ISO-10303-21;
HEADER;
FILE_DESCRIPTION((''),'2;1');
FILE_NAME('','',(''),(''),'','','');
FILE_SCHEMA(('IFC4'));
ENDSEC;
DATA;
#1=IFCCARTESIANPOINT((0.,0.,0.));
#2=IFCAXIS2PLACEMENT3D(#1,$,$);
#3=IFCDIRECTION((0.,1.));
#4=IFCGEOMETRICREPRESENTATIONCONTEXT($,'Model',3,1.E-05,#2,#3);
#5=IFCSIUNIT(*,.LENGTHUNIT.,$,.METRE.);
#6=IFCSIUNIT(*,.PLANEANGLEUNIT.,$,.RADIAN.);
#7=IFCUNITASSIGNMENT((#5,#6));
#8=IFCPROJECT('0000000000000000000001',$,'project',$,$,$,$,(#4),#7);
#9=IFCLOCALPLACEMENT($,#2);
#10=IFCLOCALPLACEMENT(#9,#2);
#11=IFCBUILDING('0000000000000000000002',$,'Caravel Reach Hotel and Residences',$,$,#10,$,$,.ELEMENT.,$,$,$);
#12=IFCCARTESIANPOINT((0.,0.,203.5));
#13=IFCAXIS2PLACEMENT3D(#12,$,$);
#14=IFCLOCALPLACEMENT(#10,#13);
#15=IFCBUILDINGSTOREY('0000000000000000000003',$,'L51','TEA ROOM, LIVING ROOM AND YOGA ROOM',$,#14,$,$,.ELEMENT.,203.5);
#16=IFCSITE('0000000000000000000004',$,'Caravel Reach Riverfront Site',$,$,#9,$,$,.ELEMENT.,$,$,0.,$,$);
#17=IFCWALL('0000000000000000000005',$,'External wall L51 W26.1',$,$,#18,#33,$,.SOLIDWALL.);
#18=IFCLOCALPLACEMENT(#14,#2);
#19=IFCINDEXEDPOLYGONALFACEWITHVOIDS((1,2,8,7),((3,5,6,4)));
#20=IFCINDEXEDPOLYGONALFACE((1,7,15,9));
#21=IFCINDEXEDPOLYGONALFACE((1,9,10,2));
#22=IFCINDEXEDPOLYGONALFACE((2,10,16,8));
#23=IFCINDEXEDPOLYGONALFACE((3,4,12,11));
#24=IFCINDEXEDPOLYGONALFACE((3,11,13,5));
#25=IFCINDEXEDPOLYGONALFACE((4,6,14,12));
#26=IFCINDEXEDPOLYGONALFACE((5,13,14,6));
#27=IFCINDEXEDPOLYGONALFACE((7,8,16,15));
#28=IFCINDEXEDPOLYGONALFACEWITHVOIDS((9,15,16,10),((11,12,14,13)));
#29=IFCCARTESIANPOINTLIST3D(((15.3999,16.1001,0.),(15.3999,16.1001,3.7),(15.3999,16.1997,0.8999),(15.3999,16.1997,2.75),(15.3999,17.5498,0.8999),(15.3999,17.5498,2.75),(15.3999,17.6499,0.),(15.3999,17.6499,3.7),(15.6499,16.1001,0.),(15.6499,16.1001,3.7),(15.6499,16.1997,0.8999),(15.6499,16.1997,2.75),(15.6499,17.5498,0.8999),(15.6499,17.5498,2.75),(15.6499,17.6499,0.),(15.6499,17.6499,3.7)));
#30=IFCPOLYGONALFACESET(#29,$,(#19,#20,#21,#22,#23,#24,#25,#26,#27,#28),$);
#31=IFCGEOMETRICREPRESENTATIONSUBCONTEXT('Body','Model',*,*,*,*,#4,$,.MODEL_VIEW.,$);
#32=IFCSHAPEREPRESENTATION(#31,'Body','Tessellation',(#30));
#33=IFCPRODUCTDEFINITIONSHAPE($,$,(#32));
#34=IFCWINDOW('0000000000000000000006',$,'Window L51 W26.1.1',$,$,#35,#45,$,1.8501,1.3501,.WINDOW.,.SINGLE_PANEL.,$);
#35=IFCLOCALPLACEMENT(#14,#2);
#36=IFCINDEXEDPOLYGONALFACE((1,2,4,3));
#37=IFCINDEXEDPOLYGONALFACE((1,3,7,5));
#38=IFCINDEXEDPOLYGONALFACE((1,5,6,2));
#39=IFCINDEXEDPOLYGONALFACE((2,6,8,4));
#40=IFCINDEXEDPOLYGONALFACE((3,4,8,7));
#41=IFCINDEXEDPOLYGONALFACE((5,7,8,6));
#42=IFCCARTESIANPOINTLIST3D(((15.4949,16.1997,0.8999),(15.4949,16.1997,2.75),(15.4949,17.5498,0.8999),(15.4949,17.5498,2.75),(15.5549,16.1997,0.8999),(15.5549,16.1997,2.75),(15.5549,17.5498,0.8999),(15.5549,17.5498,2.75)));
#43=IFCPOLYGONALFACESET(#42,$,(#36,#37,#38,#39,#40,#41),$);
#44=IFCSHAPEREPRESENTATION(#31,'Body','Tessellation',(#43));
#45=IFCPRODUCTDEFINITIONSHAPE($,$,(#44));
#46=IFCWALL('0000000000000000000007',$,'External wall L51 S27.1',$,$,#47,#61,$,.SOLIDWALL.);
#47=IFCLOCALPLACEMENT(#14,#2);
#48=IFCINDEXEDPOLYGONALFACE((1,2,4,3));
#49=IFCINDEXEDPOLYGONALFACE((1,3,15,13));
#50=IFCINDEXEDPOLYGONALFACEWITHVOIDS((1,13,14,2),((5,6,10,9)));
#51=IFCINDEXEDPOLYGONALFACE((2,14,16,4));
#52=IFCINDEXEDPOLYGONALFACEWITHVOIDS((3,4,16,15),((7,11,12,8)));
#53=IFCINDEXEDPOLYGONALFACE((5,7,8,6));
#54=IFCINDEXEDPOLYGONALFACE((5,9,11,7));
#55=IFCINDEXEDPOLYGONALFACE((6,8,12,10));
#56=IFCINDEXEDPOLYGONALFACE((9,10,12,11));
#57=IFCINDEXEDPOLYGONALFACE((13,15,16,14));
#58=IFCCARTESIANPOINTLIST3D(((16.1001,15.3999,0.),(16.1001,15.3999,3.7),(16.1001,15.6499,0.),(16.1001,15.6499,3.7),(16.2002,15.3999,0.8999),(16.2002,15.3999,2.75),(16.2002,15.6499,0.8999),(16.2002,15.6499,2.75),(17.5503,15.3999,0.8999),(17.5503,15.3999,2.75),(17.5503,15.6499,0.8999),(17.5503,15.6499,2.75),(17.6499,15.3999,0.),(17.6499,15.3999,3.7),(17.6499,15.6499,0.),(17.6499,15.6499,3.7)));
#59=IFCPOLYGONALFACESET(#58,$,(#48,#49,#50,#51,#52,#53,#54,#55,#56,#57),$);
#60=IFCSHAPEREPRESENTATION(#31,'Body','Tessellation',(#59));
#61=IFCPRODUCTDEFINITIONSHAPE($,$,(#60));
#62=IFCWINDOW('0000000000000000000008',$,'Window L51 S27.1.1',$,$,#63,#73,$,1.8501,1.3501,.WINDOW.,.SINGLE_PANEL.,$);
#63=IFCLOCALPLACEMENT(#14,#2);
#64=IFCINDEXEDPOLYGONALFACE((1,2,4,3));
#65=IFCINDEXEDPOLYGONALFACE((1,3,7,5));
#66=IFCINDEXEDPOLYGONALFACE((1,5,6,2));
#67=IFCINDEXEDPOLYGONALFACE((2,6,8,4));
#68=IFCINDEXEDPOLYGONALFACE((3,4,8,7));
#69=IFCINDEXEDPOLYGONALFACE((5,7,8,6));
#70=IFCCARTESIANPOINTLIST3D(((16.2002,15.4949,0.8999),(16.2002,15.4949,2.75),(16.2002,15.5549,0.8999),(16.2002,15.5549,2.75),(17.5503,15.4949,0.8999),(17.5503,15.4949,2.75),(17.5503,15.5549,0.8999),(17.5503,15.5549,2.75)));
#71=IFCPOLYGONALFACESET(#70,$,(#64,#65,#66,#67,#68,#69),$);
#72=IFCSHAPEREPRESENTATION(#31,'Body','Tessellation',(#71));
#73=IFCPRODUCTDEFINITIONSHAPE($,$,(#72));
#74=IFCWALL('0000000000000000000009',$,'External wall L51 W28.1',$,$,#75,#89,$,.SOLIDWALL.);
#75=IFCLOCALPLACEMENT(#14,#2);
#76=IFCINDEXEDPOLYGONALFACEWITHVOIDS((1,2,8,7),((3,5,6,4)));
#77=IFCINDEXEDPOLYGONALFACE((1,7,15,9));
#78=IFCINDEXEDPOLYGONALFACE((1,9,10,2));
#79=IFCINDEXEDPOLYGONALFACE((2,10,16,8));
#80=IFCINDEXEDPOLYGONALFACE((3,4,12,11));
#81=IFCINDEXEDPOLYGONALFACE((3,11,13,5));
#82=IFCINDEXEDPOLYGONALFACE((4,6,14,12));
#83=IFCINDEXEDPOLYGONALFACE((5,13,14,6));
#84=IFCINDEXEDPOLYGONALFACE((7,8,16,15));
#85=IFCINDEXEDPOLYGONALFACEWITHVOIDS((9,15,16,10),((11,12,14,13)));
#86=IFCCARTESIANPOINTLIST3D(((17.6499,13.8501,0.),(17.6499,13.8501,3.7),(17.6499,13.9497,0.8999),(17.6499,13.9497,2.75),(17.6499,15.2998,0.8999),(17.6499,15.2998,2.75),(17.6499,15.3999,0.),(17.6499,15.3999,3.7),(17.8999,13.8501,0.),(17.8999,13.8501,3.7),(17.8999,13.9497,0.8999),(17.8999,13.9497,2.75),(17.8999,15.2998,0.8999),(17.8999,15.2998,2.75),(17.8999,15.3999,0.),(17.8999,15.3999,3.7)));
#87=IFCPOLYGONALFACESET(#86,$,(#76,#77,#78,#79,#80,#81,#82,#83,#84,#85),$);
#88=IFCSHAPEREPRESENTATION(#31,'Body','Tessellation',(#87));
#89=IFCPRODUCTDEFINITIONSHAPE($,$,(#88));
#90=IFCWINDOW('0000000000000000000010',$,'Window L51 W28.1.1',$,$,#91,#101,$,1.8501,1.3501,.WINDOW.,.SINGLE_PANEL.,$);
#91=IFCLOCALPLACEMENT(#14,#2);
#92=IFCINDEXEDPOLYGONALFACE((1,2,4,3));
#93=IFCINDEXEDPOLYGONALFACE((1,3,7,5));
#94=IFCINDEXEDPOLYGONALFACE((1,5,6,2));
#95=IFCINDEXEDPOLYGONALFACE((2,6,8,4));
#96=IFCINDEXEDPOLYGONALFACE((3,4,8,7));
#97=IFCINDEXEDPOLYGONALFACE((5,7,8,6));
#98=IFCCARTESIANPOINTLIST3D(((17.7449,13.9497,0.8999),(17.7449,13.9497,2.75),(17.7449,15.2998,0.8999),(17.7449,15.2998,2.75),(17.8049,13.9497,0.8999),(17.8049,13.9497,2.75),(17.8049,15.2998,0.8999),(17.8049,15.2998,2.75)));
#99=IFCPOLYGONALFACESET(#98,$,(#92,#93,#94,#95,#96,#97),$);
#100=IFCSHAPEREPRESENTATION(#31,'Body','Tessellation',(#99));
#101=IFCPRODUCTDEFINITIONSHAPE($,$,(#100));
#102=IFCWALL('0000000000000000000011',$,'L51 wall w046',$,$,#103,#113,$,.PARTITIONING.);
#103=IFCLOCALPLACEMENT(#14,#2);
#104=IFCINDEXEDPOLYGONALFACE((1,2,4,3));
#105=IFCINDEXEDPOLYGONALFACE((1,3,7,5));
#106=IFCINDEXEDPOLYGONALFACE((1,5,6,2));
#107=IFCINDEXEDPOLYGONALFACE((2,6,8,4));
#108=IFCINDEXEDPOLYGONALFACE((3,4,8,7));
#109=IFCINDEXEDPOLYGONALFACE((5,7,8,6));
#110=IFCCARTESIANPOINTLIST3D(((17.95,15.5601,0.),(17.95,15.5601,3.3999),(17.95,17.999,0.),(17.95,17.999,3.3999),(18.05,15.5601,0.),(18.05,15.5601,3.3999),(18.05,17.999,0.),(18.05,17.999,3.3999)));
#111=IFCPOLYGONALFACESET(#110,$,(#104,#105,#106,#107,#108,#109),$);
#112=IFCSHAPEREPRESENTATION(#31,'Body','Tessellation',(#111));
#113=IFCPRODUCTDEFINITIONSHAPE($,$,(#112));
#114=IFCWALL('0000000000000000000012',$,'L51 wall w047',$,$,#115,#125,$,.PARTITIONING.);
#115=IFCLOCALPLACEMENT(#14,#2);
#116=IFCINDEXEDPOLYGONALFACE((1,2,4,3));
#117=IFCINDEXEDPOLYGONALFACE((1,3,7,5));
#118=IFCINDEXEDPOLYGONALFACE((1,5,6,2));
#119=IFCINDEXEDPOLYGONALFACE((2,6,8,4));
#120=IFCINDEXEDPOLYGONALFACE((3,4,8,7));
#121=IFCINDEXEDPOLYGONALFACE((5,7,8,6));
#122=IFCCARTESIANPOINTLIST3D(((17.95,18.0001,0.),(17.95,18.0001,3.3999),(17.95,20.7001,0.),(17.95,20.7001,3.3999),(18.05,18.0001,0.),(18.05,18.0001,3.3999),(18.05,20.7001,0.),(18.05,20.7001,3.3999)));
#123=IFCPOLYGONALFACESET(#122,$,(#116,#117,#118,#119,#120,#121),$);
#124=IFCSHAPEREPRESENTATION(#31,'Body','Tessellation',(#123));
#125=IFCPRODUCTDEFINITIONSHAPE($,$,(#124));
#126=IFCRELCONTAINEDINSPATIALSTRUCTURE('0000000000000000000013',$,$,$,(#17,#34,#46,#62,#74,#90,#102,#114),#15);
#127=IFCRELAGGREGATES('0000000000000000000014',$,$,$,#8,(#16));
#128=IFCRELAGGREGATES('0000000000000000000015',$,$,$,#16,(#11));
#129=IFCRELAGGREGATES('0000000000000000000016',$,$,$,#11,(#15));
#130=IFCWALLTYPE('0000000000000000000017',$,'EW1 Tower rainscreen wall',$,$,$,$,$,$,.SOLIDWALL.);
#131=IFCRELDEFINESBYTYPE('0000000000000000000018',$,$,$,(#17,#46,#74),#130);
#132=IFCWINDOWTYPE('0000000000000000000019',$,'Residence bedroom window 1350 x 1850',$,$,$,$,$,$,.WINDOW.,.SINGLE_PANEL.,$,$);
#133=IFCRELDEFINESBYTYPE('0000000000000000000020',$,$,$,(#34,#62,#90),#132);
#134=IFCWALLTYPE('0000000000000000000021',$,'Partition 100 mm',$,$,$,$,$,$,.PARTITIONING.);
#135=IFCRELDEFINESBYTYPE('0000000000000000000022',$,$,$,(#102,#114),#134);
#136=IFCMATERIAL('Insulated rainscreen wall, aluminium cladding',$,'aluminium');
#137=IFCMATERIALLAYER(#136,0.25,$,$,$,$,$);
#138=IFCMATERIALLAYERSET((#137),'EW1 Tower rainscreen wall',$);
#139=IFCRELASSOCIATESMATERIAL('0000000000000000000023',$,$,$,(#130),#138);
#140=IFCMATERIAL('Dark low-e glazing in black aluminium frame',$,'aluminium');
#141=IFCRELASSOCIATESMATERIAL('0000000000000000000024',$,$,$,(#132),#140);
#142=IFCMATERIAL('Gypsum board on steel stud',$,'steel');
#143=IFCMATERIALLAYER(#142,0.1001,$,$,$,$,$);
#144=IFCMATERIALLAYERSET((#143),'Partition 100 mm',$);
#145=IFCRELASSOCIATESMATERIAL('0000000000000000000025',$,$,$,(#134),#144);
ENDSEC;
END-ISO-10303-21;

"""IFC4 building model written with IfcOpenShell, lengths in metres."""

from ifc_helpers import new_model, si_unit, direction, frame, frame_2d, origin, place, context, subcontext, project, spatial, rectangle, extrude, material, layer, layer_set, type_object, element, fill, save


model = new_model("IFC4")

# Units and contexts
model_context = context("Model", 3, precision=1e-05, world=origin(), true_north=direction((0.0, 1.0)))
body_context = subcontext(model_context, "Body", "Model", "MODEL_VIEW")
ifc_project = project(units=[si_unit("LENGTHUNIT", "METRE"), si_unit("PLANEANGLEUNIT", "RADIAN")], contexts=[model_context])

# Site, building, storey
site_placement = place(None, origin())
site = spatial("IfcSite", under=ifc_project, at=site_placement, Name="Caravel Reach Riverfront Site", CompositionType="ELEMENT", RefElevation=0.0)
building_placement = place(site_placement, origin())
building = spatial("IfcBuilding", under=site, at=building_placement, Name="Caravel Reach Hotel and Residences", CompositionType="ELEMENT")
storey_placement = place(building_placement, frame((0.0, 0.0, 203.5)))
storey = spatial("IfcBuildingStorey", under=building, at=storey_placement, Name="L51", Description="TEA ROOM, LIVING ROOM AND YOGA ROOM", CompositionType="ELEMENT", Elevation=203.5)

# Walls, openings, windows
ifc_material_1 = material(Name="Insulated rainscreen wall, aluminium cladding", Category="aluminium")
ifc_layer_1 = layer(ifc_material_1, 0.25)
ifc_layer_set_1 = layer_set([ifc_layer_1], Name="EW1 Tower rainscreen wall")
wall_type_1 = type_object("IfcWallType", Name="EW1 Tower rainscreen wall", PredefinedType="SOLIDWALL", material=ifc_layer_set_1)
wall_1_placement = place(storey_placement, frame((15.5249, 17.6499, 0.0), z_axis=(0.0, 0.0, 1.0), x_axis=(0.0, -1.0, 0.0)))
wall_1 = element("IfcWall", 1, at=wall_1_placement, inside=storey, type_object=wall_type_1, Name="External wall L51 W26.1", PredefinedType="SOLIDWALL", context=body_context, shape_type="SweptSolid", body=[
    extrude(rectangle(XDim=1.5498, YDim=0.25, at=frame_2d((0.7749, 0.0))), origin(), (0.0, 0.0, 1.0), 3.7),
])
opening_1_placement = place(wall_1_placement, frame((0.1001, 0.0, 0.8999)))
opening_1 = element("IfcOpeningElement", 2, at=opening_1_placement, cuts=wall_1, PredefinedType="OPENING", context=body_context, shape_type="SweptSolid", body=[
    extrude(rectangle(XDim=1.3501, YDim=1.8501, at=frame_2d((0.675, 0.925))), frame((0.0, 0.135, 0.0), z_axis=(0.0, -1.0, 0.0), x_axis=(1.0, 0.0, 0.0)), (0.0, 0.0, 1.0), 0.27),
])
ifc_material_2 = material(Name="Dark low-e glazing in black aluminium frame", Category="aluminium")
window_type = type_object("IfcWindowType", Name="Residence bedroom window 1350 x 1850", PartitioningType="SINGLE_PANEL", PredefinedType="WINDOW", material=ifc_material_2)
window_1_placement = place(opening_1_placement, origin())
window_1 = element("IfcWindow", 3, at=window_1_placement, inside=storey, type_object=window_type, Name="Window L51 W26.1.1", OverallHeight=1.8501, OverallWidth=1.3501, PartitioningType="SINGLE_PANEL", PredefinedType="WINDOW", context=body_context, shape_type="SweptSolid", body=[
    extrude(rectangle(XDim=1.3501, YDim=1.8501, at=frame_2d((0.675, 0.925))), frame((0.0, 0.03, 0.0), z_axis=(0.0, -1.0, 0.0), x_axis=(1.0, 0.0, 0.0)), (0.0, 0.0, 1.0), 0.0601),
])
fill(opening_1, window_1)
wall_2_placement = place(storey_placement, frame((16.1001, 15.5249, 0.0), z_axis=(0.0, 0.0, 1.0), x_axis=(1.0, 0.0, 0.0)))
wall_2 = element("IfcWall", 4, at=wall_2_placement, inside=storey, type_object=wall_type_1, Name="External wall L51 S27.1", PredefinedType="SOLIDWALL", context=body_context, shape_type="SweptSolid", body=[
    extrude(rectangle(XDim=1.5498, YDim=0.25, at=frame_2d((0.7749, 0.0))), origin(), (0.0, 0.0, 1.0), 3.7),
])
opening_2_placement = place(wall_2_placement, frame((0.1001, 0.0, 0.8999)))
opening_2 = element("IfcOpeningElement", 5, at=opening_2_placement, cuts=wall_2, PredefinedType="OPENING", context=body_context, shape_type="SweptSolid", body=[
    extrude(rectangle(XDim=1.3501, YDim=1.8501, at=frame_2d((0.675, 0.925))), frame((0.0, 0.135, 0.0), z_axis=(0.0, -1.0, 0.0), x_axis=(1.0, 0.0, 0.0)), (0.0, 0.0, 1.0), 0.27),
])
window_2_placement = place(opening_2_placement, origin())
window_2 = element("IfcWindow", 6, at=window_2_placement, inside=storey, type_object=window_type, Name="Window L51 S27.1.1", OverallHeight=1.8501, OverallWidth=1.3501, PartitioningType="SINGLE_PANEL", PredefinedType="WINDOW", context=body_context, shape_type="SweptSolid", body=[
    extrude(rectangle(XDim=1.3501, YDim=1.8501, at=frame_2d((0.675, 0.925))), frame((0.0, 0.03, 0.0), z_axis=(0.0, -1.0, 0.0), x_axis=(1.0, 0.0, 0.0)), (0.0, 0.0, 1.0), 0.0601),
])
fill(opening_2, window_2)
wall_3_placement = place(storey_placement, frame((17.7749, 15.3999, 0.0), z_axis=(0.0, 0.0, 1.0), x_axis=(0.0, -1.0, 0.0)))
wall_3 = element("IfcWall", 7, at=wall_3_placement, inside=storey, type_object=wall_type_1, Name="External wall L51 W28.1", PredefinedType="SOLIDWALL", context=body_context, shape_type="SweptSolid", body=[
    extrude(rectangle(XDim=1.5498, YDim=0.25, at=frame_2d((0.7749, 0.0))), origin(), (0.0, 0.0, 1.0), 3.7),
])
opening_3_placement = place(wall_3_placement, frame((0.1001, 0.0, 0.8999)))
opening_3 = element("IfcOpeningElement", 8, at=opening_3_placement, cuts=wall_3, PredefinedType="OPENING", context=body_context, shape_type="SweptSolid", body=[
    extrude(rectangle(XDim=1.3501, YDim=1.8501, at=frame_2d((0.675, 0.925))), frame((0.0, 0.135, 0.0), z_axis=(0.0, -1.0, 0.0), x_axis=(1.0, 0.0, 0.0)), (0.0, 0.0, 1.0), 0.27),
])
window_3_placement = place(opening_3_placement, origin())
window_3 = element("IfcWindow", 9, at=window_3_placement, inside=storey, type_object=window_type, Name="Window L51 W28.1.1", OverallHeight=1.8501, OverallWidth=1.3501, PartitioningType="SINGLE_PANEL", PredefinedType="WINDOW", context=body_context, shape_type="SweptSolid", body=[
    extrude(rectangle(XDim=1.3501, YDim=1.8501, at=frame_2d((0.675, 0.925))), frame((0.0, 0.03, 0.0), z_axis=(0.0, -1.0, 0.0), x_axis=(1.0, 0.0, 0.0)), (0.0, 0.0, 1.0), 0.0601),
])
fill(opening_3, window_3)

# Walls
ifc_material_3 = material(Name="Gypsum board on steel stud", Category="steel")
ifc_layer_2 = layer(ifc_material_3, 0.1001)
ifc_layer_set_2 = layer_set([ifc_layer_2], Name="Partition 100 mm")
wall_type_2 = type_object("IfcWallType", Name="Partition 100 mm", PredefinedType="PARTITIONING", material=ifc_layer_set_2)
wall_4_placement = place(storey_placement, frame((18.0, 15.5601, 0.0), z_axis=(0.0, 0.0, 1.0), x_axis=(0.0, 1.0, 0.0)))
element("IfcWall", 10, at=wall_4_placement, inside=storey, type_object=wall_type_2, Name="L51 wall w046", PredefinedType="PARTITIONING", context=body_context, shape_type="SweptSolid", body=[
    extrude(rectangle(XDim=2.439, YDim=0.1001, at=frame_2d((1.2195, 0.0))), origin(), (0.0, 0.0, 1.0), 3.3999),
])
wall_5_placement = place(storey_placement, frame((18.0, 18.0, 0.0), z_axis=(0.0, 0.0, 1.0), x_axis=(0.0, 1.0, 0.0)))
element("IfcWall", 11, at=wall_5_placement, inside=storey, type_object=wall_type_2, Name="L51 wall w047", PredefinedType="PARTITIONING", context=body_context, shape_type="SweptSolid", body=[
    extrude(rectangle(XDim=2.7, YDim=0.1001, at=frame_2d((1.3501, 0.0))), origin(), (0.0, 0.0, 1.0), 3.3999),
])

save(model, "model.ifc")
